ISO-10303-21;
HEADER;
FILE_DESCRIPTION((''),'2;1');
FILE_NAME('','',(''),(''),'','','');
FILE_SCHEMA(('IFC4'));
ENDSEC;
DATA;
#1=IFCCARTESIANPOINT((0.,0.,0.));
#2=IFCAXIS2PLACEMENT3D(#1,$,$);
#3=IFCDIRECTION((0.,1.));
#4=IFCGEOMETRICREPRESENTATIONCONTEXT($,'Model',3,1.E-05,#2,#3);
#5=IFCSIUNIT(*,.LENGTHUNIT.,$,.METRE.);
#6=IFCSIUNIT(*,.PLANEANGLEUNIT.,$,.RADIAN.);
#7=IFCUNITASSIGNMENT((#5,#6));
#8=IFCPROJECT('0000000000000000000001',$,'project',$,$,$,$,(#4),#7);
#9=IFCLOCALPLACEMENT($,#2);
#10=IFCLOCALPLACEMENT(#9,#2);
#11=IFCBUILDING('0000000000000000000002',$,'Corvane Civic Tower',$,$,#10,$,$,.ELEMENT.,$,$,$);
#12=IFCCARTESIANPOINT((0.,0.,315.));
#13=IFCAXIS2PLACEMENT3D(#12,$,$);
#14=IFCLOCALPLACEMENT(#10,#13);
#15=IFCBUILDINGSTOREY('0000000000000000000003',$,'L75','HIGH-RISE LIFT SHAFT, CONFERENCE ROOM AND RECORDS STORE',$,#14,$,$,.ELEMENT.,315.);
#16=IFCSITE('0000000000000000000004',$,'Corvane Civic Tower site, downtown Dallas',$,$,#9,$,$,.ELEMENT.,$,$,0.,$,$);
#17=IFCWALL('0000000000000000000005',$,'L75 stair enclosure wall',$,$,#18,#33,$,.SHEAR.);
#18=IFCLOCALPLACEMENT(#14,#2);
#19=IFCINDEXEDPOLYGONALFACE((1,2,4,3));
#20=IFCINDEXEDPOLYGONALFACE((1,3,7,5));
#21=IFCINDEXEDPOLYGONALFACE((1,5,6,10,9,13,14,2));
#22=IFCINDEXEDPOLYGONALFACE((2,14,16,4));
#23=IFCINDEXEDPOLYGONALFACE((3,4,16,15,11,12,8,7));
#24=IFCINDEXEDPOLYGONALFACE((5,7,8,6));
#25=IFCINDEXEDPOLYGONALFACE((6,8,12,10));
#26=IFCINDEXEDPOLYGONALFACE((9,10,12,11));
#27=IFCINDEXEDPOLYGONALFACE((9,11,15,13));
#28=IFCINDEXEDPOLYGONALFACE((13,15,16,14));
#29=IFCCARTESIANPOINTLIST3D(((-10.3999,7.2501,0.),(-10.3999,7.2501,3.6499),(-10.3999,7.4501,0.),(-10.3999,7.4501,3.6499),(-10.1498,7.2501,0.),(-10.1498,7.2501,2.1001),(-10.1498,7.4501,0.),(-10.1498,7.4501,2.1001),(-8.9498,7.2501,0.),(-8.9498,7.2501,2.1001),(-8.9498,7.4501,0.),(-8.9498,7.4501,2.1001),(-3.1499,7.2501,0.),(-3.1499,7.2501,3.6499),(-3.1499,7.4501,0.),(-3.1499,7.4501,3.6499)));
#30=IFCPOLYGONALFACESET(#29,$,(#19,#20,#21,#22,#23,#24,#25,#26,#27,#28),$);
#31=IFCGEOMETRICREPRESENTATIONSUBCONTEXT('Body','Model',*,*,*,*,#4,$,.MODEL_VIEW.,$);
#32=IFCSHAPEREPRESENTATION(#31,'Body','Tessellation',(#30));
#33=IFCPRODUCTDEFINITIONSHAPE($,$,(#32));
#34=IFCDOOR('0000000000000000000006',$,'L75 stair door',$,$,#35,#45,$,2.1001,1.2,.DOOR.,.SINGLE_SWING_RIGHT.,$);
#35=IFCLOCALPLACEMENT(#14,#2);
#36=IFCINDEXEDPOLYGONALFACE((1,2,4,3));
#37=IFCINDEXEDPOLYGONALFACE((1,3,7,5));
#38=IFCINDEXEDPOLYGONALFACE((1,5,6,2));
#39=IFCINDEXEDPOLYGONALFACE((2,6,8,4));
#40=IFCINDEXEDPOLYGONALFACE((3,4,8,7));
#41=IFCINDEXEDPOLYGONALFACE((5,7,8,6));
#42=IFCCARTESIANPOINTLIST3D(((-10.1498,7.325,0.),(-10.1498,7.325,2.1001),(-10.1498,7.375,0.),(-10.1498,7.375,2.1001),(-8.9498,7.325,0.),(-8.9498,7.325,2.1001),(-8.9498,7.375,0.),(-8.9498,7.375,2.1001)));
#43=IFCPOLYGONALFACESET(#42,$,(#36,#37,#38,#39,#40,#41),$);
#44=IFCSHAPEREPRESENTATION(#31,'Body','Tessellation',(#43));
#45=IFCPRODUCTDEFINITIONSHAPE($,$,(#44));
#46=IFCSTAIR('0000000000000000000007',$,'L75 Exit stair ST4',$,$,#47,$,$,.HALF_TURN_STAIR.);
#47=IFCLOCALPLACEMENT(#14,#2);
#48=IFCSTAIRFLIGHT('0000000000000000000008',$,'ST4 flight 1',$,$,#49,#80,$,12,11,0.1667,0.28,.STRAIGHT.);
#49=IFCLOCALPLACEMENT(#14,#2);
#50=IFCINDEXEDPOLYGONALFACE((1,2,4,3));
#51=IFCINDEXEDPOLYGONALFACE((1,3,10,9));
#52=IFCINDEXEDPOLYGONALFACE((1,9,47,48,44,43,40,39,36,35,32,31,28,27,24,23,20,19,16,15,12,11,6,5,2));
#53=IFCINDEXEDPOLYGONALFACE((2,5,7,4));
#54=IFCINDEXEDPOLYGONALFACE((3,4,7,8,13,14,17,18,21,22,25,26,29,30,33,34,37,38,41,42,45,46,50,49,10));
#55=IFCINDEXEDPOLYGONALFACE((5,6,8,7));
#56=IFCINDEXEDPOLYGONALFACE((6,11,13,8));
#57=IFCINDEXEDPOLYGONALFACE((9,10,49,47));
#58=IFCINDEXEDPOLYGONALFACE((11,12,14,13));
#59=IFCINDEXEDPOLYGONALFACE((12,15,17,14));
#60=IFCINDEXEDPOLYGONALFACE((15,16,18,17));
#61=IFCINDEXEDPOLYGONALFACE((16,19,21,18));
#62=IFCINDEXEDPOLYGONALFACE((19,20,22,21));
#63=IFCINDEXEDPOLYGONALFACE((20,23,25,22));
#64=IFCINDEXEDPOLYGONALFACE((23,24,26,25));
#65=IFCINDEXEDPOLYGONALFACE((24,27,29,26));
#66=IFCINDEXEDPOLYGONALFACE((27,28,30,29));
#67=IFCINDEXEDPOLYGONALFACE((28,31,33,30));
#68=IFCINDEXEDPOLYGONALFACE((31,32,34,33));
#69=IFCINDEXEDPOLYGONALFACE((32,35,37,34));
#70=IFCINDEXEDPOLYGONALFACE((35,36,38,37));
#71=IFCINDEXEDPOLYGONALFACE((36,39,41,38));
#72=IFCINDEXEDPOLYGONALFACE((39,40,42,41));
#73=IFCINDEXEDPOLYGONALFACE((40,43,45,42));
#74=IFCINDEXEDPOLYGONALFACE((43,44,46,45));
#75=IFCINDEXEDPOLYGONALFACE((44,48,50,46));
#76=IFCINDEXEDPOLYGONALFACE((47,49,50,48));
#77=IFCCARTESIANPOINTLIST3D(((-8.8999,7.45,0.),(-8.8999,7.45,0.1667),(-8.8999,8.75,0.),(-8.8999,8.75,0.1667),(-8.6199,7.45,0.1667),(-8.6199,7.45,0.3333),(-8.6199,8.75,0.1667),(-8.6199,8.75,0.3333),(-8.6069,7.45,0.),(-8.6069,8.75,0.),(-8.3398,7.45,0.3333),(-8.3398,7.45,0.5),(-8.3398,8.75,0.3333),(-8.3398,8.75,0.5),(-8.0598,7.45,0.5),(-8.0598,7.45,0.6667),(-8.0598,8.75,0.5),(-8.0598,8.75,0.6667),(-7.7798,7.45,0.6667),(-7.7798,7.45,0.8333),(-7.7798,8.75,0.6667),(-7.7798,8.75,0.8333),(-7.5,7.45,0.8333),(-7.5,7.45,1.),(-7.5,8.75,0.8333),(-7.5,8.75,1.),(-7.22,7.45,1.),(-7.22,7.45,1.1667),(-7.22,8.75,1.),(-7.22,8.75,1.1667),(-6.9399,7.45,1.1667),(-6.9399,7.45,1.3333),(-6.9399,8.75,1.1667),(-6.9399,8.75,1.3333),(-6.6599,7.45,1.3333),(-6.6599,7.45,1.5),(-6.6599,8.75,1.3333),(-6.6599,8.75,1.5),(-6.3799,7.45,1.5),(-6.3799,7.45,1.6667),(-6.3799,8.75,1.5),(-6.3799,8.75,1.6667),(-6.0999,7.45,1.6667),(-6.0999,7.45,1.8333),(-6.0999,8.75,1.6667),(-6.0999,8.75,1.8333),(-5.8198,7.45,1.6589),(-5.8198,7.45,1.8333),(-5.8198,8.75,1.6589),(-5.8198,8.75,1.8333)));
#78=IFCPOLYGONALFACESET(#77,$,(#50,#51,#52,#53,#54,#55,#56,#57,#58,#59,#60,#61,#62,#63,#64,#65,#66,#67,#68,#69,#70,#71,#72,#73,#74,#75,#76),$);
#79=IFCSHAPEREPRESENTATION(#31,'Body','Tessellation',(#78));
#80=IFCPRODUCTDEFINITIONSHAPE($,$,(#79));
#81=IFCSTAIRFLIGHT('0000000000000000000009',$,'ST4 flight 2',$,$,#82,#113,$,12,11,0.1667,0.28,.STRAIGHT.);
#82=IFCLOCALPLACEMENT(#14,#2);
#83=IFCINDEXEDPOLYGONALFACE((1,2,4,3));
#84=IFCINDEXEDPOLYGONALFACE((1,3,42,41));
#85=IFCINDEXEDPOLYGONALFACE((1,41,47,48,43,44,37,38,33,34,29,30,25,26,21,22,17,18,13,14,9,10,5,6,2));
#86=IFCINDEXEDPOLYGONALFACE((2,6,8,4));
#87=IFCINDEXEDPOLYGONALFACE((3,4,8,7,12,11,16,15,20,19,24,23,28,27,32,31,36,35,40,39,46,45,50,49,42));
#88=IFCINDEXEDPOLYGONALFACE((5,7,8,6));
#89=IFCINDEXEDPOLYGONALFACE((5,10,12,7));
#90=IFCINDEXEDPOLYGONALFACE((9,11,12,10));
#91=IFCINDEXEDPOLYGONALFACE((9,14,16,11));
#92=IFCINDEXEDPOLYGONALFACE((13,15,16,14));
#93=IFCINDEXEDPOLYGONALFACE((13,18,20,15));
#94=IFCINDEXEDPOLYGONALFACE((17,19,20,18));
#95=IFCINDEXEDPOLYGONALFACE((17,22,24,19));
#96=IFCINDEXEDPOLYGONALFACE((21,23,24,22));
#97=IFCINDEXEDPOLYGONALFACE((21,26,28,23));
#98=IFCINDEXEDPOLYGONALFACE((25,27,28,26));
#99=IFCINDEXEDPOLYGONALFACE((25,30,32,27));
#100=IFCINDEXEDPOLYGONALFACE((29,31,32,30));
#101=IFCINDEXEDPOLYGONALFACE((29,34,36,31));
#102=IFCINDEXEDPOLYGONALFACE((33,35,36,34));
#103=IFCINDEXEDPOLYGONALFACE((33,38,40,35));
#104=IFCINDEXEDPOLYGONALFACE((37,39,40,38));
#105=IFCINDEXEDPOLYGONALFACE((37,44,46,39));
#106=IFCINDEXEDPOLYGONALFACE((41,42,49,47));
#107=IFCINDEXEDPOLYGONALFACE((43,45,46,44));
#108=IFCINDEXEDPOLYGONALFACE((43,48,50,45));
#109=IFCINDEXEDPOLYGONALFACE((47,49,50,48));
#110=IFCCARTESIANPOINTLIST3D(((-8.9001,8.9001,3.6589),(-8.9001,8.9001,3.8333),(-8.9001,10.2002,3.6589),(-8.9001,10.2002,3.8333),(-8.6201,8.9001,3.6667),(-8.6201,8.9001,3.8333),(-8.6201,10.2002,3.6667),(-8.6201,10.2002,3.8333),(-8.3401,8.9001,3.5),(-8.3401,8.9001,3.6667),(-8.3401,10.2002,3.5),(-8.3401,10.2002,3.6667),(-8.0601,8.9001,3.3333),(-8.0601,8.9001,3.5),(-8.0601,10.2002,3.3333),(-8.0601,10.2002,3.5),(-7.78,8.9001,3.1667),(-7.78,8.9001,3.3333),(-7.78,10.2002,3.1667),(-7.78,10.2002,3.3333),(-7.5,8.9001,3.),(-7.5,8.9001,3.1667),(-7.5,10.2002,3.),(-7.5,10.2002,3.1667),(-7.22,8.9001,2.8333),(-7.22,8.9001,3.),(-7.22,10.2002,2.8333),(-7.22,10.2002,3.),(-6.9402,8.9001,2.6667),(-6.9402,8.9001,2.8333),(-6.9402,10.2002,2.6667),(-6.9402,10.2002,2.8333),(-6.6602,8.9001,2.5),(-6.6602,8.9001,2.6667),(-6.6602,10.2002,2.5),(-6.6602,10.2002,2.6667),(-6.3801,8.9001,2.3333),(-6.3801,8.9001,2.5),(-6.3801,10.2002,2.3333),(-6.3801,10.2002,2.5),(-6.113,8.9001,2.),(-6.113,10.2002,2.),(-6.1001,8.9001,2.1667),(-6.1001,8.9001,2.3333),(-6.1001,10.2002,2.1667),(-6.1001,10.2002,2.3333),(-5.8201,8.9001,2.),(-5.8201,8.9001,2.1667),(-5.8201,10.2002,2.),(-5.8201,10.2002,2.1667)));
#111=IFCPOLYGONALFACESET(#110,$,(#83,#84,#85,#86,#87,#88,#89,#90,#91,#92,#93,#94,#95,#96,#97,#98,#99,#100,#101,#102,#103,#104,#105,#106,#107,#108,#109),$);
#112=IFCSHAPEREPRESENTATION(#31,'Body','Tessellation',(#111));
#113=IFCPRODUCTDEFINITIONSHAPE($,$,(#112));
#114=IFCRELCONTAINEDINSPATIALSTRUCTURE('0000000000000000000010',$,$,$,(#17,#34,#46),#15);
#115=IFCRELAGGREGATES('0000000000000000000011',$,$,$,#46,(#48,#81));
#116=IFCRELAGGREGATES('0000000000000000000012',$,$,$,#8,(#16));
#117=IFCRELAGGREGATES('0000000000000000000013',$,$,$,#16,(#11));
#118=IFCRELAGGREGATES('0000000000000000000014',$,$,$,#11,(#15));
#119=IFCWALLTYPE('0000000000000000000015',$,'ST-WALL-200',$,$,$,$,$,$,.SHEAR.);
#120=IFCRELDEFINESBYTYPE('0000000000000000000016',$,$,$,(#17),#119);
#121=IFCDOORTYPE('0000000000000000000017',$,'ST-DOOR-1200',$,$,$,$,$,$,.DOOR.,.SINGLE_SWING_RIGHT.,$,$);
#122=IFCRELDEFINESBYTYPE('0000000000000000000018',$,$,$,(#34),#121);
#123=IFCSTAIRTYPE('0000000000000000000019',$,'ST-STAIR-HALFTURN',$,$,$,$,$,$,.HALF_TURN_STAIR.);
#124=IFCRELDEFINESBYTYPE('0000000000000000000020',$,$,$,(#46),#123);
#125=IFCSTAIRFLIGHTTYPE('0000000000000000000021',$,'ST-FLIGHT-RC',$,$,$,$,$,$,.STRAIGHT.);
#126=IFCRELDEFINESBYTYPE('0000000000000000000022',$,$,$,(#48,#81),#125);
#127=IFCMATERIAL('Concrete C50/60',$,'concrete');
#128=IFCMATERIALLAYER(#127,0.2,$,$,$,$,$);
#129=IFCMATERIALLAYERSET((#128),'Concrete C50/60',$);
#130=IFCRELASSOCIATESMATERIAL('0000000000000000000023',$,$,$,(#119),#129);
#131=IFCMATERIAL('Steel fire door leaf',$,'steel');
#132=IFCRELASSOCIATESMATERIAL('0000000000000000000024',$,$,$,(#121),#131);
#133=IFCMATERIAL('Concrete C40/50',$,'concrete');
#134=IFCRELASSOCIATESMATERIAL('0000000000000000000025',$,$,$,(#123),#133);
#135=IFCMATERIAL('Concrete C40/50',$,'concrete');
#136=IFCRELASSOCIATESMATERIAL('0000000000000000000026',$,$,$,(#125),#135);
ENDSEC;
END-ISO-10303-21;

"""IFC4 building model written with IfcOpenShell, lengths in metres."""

from ifc_helpers import new_model, si_unit, direction, frame, frame_2d, origin, place, context, subcontext, project, spatial, polyline, rectangle, outline, extrude, material, layer, layer_set, type_object, element, fill, aggregate, save


model = new_model("IFC4")

# Units and contexts
model_context = context("Model", 3, precision=1e-05, world=origin(), true_north=direction((0.0, 1.0)))
body_context = subcontext(model_context, "Body", "Model", "MODEL_VIEW")
ifc_project = project(units=[si_unit("LENGTHUNIT", "METRE"), si_unit("PLANEANGLEUNIT", "RADIAN")], contexts=[model_context])

# Site, building, storey
site_placement = place(None, origin())
site = spatial("IfcSite", under=ifc_project, at=site_placement, Name="Corvane Civic Tower site, downtown Dallas", CompositionType="ELEMENT", RefElevation=0.0)
building_placement = place(site_placement, origin())
building = spatial("IfcBuilding", under=site, at=building_placement, Name="Corvane Civic Tower", CompositionType="ELEMENT")
storey_placement = place(building_placement, frame((0.0, 0.0, 315.0)))
storey = spatial("IfcBuildingStorey", under=building, at=storey_placement, Name="L75", Description="HIGH-RISE LIFT SHAFT, CONFERENCE ROOM AND RECORDS STORE", CompositionType="ELEMENT", Elevation=315.0)

# Wall, opening, door
ifc_material_1 = material(Name="Concrete C50/60", Category="concrete")
ifc_layer_1 = layer(ifc_material_1, 0.2)
ifc_layer_set_1 = layer_set([ifc_layer_1], Name="Concrete C50/60")
wall_type_1 = type_object("IfcWallType", Name="ST-WALL-200", PredefinedType="SHEAR", material=ifc_layer_set_1)
wall_1_placement = place(storey_placement, frame((-10.3999, 7.3501, 0.0), z_axis=(0.0, 0.0, 1.0), x_axis=(1.0, 0.0, 0.0)))
wall_1 = element("IfcWall", 1, at=wall_1_placement, inside=storey, type_object=wall_type_1, Name="L75 stair enclosure wall", PredefinedType="SHEAR", context=body_context, shape_type="SweptSolid", body=[
    extrude(rectangle(XDim=7.25, YDim=0.2, at=frame_2d((3.625, 0.0))), origin(), (0.0, 0.0, 1.0), 3.6499),
])
opening_1_placement = place(wall_1_placement, frame((0.25, 0.0, 0.0)))
opening_1 = element("IfcOpeningElement", 2, at=opening_1_placement, cuts=wall_1, PredefinedType="OPENING", context=body_context, shape_type="SweptSolid", body=[
    extrude(rectangle(XDim=1.2, YDim=2.1001, at=frame_2d((0.6001, 1.05))), frame((0.0, 0.1099, 0.0), z_axis=(0.0, -1.0, 0.0), x_axis=(1.0, 0.0, 0.0)), (0.0, 0.0, 1.0), 0.22),
])
ifc_material_2 = material(Name="Steel fire door leaf", Category="steel")
door_type_1 = type_object("IfcDoorType", Name="ST-DOOR-1200", OperationType="SINGLE_SWING_RIGHT", PredefinedType="DOOR", material=ifc_material_2)
door_1_placement = place(opening_1_placement, origin())
door_1 = element("IfcDoor", 3, at=door_1_placement, inside=storey, type_object=door_type_1, Name="L75 stair door", OperationType="SINGLE_SWING_RIGHT", OverallHeight=2.1001, OverallWidth=1.2, PredefinedType="DOOR", context=body_context, shape_type="SweptSolid", body=[
    extrude(rectangle(XDim=1.2, YDim=2.1001, at=frame_2d((0.6001, 1.05))), frame((0.0, 0.0249, 0.0), z_axis=(0.0, -1.0, 0.0), x_axis=(1.0, 0.0, 0.0)), (0.0, 0.0, 1.0), 0.05),
])
fill(opening_1, door_1)

# Stair, stair flights
ifc_material_3 = material(Name="Concrete C40/50", Category="concrete")
stair_type = type_object("IfcStairType", Name="ST-STAIR-HALFTURN", PredefinedType="HALF_TURN_STAIR", material=ifc_material_3)
stair_placement = place(storey_placement, origin())
stair = element("IfcStair", 4, at=stair_placement, inside=storey, type_object=stair_type, Name="L75 Exit stair ST4", PredefinedType="HALF_TURN_STAIR")
ifc_material_4 = material(Name="Concrete C40/50", Category="concrete")
stair_flight_type = type_object("IfcStairFlightType", Name="ST-FLIGHT-RC", PredefinedType="STRAIGHT", material=ifc_material_4)
stair_flight_1_placement = place(storey_placement, frame((-8.8999, 8.1001, 0.0), z_axis=(0.0, 0.0, 1.0), x_axis=(1.0, 0.0, 0.0)))
stair_flight_1 = element("IfcStairFlight", 5, at=stair_flight_1_placement, type_object=stair_flight_type, Name="ST4 flight 1", NumberOfRisers=12, NumberOfTreads=11, PredefinedType="STRAIGHT", RiserHeight=0.1667, TreadLength=0.28, context=body_context, shape_type="SweptSolid", body=[
    extrude(outline(polyline([(0.0, 0.0), (0.0, 0.1667), (0.28, 0.1667), (0.28, 0.3333), (0.5601, 0.3333), (0.5601, 0.5), (0.8401, 0.5), (0.8401, 0.6667), (1.1201, 0.6667), (1.1201, 0.8333), (1.3999, 0.8333), (1.3999, 1.0), (1.6799, 1.0), (1.6799, 1.1667), (1.96, 1.1667), (1.96, 1.3333), (2.24, 1.3333), (2.24, 1.5), (2.52, 1.5), (2.52, 1.6667), (2.8, 1.6667), (2.8, 1.8333), (3.0801, 1.8333), (3.0801, 2.0), (3.0801, 1.6589), (0.293, 0.0), (0.0, 0.0)])), frame((0.0, 0.6499, 0.0), z_axis=(0.0, -1.0, 0.0), x_axis=(1.0, 0.0, 0.0)), (0.0, 0.0, 1.0), 1.3),
])
stair_flight_2_placement = place(storey_placement, frame((-5.8201, 9.55, 2.0), z_axis=(0.0, 0.0, 1.0), x_axis=(-1.0, 0.0, 0.0)))
stair_flight_2 = element("IfcStairFlight", 6, at=stair_flight_2_placement, type_object=stair_flight_type, Name="ST4 flight 2", NumberOfRisers=12, NumberOfTreads=11, PredefinedType="STRAIGHT", RiserHeight=0.1667, TreadLength=0.28, context=body_context, shape_type="SweptSolid", body=[
    extrude(outline(polyline([(0.0, 0.0), (0.0, 0.1667), (0.28, 0.1667), (0.28, 0.3333), (0.5601, 0.3333), (0.5601, 0.5), (0.8401, 0.5), (0.8401, 0.6667), (1.1201, 0.6667), (1.1201, 0.8333), (1.3999, 0.8333), (1.3999, 1.0), (1.6799, 1.0), (1.6799, 1.1667), (1.96, 1.1667), (1.96, 1.3333), (2.24, 1.3333), (2.24, 1.5), (2.52, 1.5), (2.52, 1.6667), (2.8, 1.6667), (2.8, 1.8333), (3.0801, 1.8333), (3.0801, 2.0), (3.0801, 1.6589), (0.293, 0.0), (0.0, 0.0)])), frame((0.0, 0.6499, 0.0), z_axis=(0.0, -1.0, 0.0), x_axis=(1.0, 0.0, 0.0)), (0.0, 0.0, 1.0), 1.3),
])
aggregate(stair, [stair_flight_1, stair_flight_2])

save(model, "model.ifc")
